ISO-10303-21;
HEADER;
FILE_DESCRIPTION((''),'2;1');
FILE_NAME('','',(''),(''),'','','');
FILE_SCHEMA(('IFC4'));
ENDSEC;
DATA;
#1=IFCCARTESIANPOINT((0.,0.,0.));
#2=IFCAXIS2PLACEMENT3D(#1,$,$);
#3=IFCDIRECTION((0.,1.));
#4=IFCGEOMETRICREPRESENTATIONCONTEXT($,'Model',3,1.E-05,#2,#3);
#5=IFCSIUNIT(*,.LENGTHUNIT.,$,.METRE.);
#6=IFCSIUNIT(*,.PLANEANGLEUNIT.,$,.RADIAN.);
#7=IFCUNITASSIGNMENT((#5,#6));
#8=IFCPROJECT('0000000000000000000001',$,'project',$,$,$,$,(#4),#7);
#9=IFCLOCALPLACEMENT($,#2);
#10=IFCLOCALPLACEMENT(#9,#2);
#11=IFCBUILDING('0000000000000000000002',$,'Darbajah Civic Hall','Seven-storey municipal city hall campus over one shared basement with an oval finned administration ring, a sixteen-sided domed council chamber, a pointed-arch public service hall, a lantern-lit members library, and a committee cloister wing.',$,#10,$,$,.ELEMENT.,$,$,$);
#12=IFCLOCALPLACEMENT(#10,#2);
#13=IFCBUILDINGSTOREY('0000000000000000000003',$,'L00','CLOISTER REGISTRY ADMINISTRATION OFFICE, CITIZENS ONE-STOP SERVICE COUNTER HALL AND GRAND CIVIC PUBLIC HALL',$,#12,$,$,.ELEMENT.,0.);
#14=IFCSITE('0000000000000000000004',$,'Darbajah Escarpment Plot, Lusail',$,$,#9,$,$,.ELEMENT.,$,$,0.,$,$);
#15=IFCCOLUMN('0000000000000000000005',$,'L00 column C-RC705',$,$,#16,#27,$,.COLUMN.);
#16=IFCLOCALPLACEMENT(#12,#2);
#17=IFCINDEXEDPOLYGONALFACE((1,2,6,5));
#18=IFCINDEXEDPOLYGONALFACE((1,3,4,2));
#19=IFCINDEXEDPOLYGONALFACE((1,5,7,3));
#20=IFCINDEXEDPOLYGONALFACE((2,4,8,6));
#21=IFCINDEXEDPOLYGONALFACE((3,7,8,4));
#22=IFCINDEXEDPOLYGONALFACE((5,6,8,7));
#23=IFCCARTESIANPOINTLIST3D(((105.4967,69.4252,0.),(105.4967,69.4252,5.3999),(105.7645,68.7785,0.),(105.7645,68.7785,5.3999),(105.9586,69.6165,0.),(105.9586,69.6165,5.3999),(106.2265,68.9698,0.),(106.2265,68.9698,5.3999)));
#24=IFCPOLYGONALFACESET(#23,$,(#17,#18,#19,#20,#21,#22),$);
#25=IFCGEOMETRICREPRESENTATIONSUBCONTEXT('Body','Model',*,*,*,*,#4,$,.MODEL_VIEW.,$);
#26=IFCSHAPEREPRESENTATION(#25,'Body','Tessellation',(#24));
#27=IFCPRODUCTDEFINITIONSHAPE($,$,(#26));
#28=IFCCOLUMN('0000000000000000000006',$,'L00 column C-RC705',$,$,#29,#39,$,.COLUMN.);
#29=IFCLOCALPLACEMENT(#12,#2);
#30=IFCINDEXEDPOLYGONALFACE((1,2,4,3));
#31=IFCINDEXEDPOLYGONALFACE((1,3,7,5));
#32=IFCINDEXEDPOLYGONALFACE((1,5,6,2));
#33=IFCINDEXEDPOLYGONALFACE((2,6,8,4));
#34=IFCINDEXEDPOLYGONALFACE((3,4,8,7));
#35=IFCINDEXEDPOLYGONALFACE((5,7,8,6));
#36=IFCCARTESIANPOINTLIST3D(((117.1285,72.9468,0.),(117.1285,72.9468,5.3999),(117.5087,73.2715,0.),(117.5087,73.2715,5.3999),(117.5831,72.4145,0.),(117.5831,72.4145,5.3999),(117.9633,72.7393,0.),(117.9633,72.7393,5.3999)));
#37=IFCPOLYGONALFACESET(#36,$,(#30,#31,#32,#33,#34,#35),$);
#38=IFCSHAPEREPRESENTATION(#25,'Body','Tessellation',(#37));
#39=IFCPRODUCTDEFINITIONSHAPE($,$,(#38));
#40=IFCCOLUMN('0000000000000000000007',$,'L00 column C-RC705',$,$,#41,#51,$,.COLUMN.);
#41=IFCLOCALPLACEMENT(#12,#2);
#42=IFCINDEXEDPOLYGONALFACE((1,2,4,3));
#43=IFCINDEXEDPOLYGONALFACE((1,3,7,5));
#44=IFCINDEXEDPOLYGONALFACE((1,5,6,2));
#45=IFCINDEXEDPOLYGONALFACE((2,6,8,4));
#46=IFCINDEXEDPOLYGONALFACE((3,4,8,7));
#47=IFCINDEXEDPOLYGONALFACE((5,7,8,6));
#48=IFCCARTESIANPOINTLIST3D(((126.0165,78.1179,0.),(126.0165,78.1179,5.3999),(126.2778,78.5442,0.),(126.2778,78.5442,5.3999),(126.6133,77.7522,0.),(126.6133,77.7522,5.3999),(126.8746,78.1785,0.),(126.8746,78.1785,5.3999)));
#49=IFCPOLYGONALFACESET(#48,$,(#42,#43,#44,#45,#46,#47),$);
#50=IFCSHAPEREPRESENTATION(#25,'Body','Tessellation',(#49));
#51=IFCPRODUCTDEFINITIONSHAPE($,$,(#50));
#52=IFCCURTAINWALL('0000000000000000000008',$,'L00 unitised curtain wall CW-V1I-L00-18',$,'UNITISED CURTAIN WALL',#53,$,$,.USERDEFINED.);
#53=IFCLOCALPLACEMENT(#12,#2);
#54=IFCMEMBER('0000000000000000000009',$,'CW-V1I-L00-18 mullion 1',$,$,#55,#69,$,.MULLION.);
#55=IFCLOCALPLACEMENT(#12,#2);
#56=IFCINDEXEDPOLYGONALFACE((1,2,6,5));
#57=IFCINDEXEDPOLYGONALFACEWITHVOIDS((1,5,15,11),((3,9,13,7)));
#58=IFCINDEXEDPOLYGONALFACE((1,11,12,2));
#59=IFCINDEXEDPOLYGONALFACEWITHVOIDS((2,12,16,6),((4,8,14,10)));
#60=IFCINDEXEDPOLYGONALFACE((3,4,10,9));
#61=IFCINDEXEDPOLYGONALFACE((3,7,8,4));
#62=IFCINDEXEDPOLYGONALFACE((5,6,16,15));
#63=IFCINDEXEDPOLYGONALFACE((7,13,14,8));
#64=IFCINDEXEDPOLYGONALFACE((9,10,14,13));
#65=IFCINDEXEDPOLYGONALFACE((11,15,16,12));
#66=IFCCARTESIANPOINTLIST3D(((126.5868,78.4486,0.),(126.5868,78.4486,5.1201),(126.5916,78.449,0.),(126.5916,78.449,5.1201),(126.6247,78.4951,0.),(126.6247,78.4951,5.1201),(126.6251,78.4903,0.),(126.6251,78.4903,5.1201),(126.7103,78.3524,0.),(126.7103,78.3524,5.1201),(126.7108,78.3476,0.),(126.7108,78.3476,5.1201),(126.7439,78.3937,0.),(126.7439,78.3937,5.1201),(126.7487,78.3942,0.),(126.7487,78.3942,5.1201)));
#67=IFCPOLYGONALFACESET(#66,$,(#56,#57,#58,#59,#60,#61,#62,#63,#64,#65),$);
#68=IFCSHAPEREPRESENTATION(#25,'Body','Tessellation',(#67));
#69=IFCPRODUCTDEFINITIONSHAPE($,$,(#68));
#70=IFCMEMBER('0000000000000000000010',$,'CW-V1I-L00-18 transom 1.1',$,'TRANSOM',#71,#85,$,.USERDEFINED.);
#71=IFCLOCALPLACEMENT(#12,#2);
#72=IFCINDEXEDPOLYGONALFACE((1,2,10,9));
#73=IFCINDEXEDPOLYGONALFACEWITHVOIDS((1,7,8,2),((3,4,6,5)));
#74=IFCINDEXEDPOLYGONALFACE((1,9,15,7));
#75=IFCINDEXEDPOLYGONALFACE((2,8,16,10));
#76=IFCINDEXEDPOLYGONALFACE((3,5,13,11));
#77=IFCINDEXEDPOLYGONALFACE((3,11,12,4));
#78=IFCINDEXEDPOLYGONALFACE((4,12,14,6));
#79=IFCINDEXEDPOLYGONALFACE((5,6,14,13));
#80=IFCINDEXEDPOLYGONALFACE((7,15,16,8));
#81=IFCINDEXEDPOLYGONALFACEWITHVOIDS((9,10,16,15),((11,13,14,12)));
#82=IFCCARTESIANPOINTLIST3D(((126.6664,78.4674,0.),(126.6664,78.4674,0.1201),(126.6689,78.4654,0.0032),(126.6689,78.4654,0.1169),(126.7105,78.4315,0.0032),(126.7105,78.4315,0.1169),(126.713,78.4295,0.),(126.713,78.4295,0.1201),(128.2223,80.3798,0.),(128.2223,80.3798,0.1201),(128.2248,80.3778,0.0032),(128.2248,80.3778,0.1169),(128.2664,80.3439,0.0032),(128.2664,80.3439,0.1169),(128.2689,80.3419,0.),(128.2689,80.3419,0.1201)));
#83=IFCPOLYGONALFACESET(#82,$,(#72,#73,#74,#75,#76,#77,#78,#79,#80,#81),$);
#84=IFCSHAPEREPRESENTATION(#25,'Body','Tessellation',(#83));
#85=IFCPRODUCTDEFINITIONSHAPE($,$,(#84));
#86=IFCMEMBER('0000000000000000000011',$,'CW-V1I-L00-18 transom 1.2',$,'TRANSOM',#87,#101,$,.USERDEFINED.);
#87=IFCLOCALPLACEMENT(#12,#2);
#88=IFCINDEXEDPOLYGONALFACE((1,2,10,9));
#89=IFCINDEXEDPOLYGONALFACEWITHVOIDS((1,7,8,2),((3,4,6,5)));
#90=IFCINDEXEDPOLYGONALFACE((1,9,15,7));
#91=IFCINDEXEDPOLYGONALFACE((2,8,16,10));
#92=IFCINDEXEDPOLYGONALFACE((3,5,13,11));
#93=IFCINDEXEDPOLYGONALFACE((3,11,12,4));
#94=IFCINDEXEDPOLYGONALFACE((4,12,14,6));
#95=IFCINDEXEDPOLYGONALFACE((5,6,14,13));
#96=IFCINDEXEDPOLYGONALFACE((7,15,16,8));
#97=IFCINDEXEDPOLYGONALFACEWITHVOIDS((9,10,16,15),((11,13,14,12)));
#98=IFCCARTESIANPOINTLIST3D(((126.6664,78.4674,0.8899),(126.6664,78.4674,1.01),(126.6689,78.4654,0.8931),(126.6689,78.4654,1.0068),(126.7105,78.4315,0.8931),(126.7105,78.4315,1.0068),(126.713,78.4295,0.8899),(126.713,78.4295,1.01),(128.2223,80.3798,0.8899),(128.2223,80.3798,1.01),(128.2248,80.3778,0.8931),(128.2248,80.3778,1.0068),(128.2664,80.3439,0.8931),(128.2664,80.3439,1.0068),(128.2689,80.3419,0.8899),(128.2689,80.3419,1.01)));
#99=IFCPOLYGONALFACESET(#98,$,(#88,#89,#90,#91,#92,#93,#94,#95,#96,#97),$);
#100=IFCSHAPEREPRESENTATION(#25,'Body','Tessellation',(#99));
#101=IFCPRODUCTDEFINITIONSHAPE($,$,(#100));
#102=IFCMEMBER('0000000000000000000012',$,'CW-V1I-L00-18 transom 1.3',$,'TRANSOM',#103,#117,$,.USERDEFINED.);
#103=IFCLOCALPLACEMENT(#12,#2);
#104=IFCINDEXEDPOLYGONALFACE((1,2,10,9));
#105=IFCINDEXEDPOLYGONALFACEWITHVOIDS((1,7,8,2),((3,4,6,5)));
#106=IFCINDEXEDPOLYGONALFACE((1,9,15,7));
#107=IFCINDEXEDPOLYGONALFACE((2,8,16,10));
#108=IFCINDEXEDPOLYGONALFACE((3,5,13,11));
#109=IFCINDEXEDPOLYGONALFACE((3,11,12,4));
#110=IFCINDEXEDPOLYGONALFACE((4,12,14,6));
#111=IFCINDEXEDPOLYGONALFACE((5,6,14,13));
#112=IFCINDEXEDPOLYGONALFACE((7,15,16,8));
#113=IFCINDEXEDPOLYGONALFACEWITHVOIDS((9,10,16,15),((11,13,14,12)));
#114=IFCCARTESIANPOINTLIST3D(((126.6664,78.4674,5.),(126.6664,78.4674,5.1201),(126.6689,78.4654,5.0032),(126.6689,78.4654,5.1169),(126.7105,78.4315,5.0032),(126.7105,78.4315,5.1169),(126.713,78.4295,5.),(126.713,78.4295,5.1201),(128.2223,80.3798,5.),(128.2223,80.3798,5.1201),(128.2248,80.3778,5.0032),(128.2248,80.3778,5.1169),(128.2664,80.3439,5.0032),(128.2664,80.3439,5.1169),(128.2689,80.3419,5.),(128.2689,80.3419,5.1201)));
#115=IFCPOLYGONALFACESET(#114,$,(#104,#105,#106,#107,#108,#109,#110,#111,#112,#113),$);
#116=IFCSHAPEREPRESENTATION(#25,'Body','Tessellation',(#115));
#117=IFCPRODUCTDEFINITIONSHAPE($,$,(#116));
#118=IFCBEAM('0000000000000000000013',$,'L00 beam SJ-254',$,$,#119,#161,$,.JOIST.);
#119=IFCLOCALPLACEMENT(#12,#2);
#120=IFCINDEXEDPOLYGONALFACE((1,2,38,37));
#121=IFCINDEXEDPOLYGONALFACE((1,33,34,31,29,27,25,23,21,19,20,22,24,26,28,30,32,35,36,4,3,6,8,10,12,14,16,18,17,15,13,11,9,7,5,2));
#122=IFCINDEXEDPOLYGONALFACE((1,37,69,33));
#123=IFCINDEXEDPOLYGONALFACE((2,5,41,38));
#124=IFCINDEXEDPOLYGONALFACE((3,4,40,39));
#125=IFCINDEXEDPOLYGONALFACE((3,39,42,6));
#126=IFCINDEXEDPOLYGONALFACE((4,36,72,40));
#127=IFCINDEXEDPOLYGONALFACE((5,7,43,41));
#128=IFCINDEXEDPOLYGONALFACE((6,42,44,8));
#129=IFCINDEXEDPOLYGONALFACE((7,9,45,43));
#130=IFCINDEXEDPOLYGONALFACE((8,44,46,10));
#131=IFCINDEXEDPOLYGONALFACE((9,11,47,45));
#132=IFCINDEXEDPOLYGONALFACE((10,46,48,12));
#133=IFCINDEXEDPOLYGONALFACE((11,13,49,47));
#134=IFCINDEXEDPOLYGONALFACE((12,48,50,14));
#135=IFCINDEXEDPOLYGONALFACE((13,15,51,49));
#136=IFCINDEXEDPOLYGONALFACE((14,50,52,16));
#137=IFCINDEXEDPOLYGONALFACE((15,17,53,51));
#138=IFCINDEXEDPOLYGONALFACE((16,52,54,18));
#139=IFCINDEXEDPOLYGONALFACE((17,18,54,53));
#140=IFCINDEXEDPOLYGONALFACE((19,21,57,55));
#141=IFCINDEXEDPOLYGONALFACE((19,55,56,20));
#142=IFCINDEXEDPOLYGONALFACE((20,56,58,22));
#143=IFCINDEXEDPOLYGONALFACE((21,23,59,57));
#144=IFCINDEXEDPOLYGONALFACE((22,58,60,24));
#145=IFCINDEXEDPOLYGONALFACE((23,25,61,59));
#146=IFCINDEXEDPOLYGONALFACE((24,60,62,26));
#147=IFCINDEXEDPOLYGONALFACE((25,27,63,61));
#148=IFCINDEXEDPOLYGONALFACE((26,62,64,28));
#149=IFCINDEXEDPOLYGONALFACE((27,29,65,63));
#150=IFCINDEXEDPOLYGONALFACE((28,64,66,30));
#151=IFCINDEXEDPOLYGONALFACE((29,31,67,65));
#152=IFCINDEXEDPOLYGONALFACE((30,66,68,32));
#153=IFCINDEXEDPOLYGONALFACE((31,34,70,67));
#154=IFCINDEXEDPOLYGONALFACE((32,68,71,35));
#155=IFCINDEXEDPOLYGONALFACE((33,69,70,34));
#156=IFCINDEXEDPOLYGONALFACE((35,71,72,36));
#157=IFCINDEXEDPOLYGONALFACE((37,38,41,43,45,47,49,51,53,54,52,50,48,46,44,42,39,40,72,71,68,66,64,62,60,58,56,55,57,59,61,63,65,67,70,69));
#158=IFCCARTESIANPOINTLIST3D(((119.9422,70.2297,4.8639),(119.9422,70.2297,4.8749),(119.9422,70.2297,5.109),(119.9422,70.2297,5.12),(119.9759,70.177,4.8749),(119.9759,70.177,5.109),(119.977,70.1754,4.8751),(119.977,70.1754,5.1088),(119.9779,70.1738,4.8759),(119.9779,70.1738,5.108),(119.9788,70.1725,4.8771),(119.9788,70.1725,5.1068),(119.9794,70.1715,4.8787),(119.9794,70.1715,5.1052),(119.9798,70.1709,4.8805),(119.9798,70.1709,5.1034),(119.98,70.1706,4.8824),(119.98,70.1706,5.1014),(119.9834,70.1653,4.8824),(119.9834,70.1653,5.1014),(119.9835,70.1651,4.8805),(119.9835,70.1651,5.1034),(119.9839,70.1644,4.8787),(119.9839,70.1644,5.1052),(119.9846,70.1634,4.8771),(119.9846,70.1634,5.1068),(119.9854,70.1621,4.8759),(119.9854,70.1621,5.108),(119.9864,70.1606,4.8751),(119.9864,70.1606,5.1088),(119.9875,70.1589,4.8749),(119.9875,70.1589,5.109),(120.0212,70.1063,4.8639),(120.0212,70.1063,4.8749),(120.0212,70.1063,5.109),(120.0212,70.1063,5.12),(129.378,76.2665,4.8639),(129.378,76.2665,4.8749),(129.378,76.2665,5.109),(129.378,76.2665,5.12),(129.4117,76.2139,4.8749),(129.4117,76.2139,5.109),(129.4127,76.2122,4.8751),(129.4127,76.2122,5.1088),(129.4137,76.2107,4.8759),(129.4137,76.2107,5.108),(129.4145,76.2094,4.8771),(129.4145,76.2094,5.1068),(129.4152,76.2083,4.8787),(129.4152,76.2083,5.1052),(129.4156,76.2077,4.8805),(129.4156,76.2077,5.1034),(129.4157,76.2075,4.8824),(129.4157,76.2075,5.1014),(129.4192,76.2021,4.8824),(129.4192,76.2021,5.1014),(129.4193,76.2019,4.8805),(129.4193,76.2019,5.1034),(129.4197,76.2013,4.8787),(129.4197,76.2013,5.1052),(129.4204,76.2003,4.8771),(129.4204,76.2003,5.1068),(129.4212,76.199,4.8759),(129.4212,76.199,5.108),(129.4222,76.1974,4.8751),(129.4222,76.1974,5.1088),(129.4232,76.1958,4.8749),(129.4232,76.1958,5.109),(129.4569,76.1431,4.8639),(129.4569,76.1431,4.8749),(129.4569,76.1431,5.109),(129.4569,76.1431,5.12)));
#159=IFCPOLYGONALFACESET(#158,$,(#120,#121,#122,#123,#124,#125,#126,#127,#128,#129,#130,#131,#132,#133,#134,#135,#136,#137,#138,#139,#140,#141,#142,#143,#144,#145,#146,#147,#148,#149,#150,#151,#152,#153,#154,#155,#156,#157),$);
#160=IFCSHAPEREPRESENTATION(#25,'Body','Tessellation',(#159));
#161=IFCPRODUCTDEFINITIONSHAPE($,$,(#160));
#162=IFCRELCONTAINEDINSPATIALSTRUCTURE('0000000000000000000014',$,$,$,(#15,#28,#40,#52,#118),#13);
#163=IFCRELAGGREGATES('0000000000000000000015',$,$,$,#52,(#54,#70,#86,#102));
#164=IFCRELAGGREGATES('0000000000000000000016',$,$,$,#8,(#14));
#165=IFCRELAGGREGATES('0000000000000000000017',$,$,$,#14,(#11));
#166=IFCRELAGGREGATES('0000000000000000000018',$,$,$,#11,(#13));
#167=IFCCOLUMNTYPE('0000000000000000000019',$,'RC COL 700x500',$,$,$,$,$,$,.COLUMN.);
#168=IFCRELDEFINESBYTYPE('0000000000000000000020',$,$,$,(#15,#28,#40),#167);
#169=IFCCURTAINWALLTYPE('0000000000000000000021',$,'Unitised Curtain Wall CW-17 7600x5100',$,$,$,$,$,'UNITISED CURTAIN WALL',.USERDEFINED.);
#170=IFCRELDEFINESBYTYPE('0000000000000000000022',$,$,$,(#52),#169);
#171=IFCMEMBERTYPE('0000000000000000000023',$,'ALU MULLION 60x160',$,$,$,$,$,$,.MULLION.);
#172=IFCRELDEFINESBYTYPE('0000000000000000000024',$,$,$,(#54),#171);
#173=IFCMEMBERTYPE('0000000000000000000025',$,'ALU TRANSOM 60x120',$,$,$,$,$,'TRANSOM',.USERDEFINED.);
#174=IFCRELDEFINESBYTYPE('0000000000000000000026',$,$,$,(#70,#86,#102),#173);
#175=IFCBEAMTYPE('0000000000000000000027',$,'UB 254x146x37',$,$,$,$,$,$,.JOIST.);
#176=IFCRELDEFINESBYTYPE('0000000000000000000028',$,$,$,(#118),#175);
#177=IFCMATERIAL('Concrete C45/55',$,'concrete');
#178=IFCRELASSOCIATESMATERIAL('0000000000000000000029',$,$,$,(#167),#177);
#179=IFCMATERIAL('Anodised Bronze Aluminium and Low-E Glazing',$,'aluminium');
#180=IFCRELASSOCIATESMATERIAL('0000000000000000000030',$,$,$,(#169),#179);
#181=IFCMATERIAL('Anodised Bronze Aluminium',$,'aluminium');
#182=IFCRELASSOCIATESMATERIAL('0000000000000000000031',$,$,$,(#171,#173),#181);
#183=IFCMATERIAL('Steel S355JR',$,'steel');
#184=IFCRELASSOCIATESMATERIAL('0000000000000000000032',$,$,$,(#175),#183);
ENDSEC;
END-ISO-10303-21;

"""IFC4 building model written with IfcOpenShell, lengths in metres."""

from ifc_helpers import new_model, si_unit, direction, frame, origin, origin_2d, place, context, subcontext, project, spatial, rectangle, hollow_rectangle, i_section, extrude, material, material_profile, profile_set, type_object, element, aggregate, save


model = new_model("IFC4")

# Units and contexts
model_context = context("Model", 3, precision=1e-05, world=origin(), true_north=direction((0.0, 1.0)))
body_context = subcontext(model_context, "Body", "Model", "MODEL_VIEW")
ifc_project = project(units=[si_unit("LENGTHUNIT", "METRE"), si_unit("PLANEANGLEUNIT", "RADIAN")], contexts=[model_context])

# Site, building, storey
site_placement = place(None, origin())
site = spatial("IfcSite", under=ifc_project, at=site_placement, Name="Darbajah Escarpment Plot, Lusail", CompositionType="ELEMENT", RefElevation=0.0)
building_placement = place(site_placement, origin())
building = spatial("IfcBuilding", under=site, at=building_placement, Name="Darbajah Civic Hall", Description="Seven-storey municipal city hall campus over one shared basement with an oval finned administration ring, a sixteen-sided domed council chamber, a pointed-arch public service hall, a lantern-lit members library, and a committee cloister wing.", CompositionType="ELEMENT")
storey_placement = place(building_placement, origin())
storey = spatial("IfcBuildingStorey", under=building, at=storey_placement, Name="L00", Description="CLOISTER REGISTRY ADMINISTRATION OFFICE, CITIZENS ONE-STOP SERVICE COUNTER HALL AND GRAND CIVIC PUBLIC HALL", CompositionType="ELEMENT", Elevation=0.0)

# Columns
ifc_material_1 = material(Name="Concrete C45/55", Category="concrete")
ifc_material_profile_1 = material_profile(ifc_material_1, rectangle(XDim=0.7, YDim=0.5, at=origin_2d()), Name="RC COL 700x500")
ifc_profile_set_1 = profile_set([ifc_material_profile_1], Name="Concrete C45/55")
column_type = type_object("IfcColumnType", Name="RC COL 700x500", PredefinedType="COLUMN", material=ifc_profile_set_1)
for number, where, z_axis, x_axis, name in (
    (1, (105.8616, 69.1975, 0.0), (0.0, 0.0, 1.0), (0.382683, -0.92388, 0.0), "L00 column C-RC705"),
    (2, (117.5459, 72.843, 0.0), (0.0, 0.0, 1.0), (0.649448, -0.760406, 0.0), "L00 column C-RC705"),
    (3, (126.4456, 78.1482, 0.0), (0.0, 0.0, 1.0), (0.85264, -0.522499, 0.0), "L00 column C-RC705"),
):
    element("IfcColumn", number, at=place(storey_placement, frame(where, z_axis=z_axis, x_axis=x_axis)), inside=storey, type_object=column_type, Name=name, PredefinedType="COLUMN", context=body_context, shape_type="SweptSolid", body=[
        extrude(rectangle(XDim=0.7, YDim=0.5, at=origin_2d()), origin(), (0.0, 0.0, 1.0), 5.3999),
    ])

# Curtain wall, members
ifc_material_2 = material(Name="Anodised Bronze Aluminium and Low-E Glazing", Category="aluminium")
curtain_wall_type = type_object("IfcCurtainWallType", Name="Unitised Curtain Wall CW-17 7600x5100", ElementType="UNITISED CURTAIN WALL", PredefinedType="USERDEFINED", material=ifc_material_2)
curtain_wall_placement = place(storey_placement, origin())
curtain_wall = element("IfcCurtainWall", 4, at=curtain_wall_placement, inside=storey, type_object=curtain_wall_type, Name="L00 unitised curtain wall CW-V1I-L00-18", ObjectType="UNITISED CURTAIN WALL", PredefinedType="USERDEFINED")
ifc_material_3 = material(Name="Anodised Bronze Aluminium", Category="aluminium")
ifc_material_profile_2 = material_profile(ifc_material_3, hollow_rectangle(XDim=0.0601, YDim=0.1599, WallThickness=0.0034, at=origin_2d()), Name="ALU MULLION 60x160")
ifc_profile_set_2 = profile_set([ifc_material_profile_2], Name="Anodised Bronze Aluminium")
member_type_1 = type_object("IfcMemberType", Name="ALU MULLION 60x160", PredefinedType="MULLION", material=ifc_profile_set_2)
member_1_placement = place(storey_placement, frame((126.6677, 78.4214, 0.0), z_axis=(0.0, 0.0, 1.0), x_axis=(0.631082, 0.775716, 0.0)))
member_1 = element("IfcMember", 5, at=member_1_placement, type_object=member_type_1, Name="CW-V1I-L00-18 mullion 1", PredefinedType="MULLION", context=body_context, shape_type="SweptSolid", body=[
    extrude(hollow_rectangle(XDim=0.0601, YDim=0.1599, WallThickness=0.0034, at=origin_2d()), origin(), (0.0, 0.0, 1.0), 5.1201),
])
ifc_material_profile_3 = material_profile(ifc_material_3, hollow_rectangle(XDim=0.0601, YDim=0.1201, WallThickness=0.0032, at=origin_2d()), Name="ALU TRANSOM 60x120")
ifc_profile_set_3 = profile_set([ifc_material_profile_3], Name="Anodised Bronze Aluminium")
member_type_2 = type_object("IfcMemberType", Name="ALU TRANSOM 60x120", ElementType="TRANSOM", PredefinedType="USERDEFINED", material=ifc_profile_set_3)
member_2_placement = place(storey_placement, frame((126.6897, 78.4485, 0.0601), z_axis=(0.631111, 0.775693, 0.0), x_axis=(-0.775693, 0.631111, 0.0)))
member_2 = element("IfcMember", 6, at=member_2_placement, type_object=member_type_2, Name="CW-V1I-L00-18 transom 1.1", ObjectType="TRANSOM", PredefinedType="USERDEFINED", context=body_context, shape_type="SweptSolid", body=[
    extrude(hollow_rectangle(XDim=0.0601, YDim=0.1201, WallThickness=0.0032, at=origin_2d()), origin(), (0.0, 0.0, 1.0), 2.4653),
])
member_3_placement = place(storey_placement, frame((126.6897, 78.4485, 0.95), z_axis=(0.631111, 0.775693, 0.0), x_axis=(-0.775693, 0.631111, 0.0)))
member_3 = element("IfcMember", 7, at=member_3_placement, type_object=member_type_2, Name="CW-V1I-L00-18 transom 1.2", ObjectType="TRANSOM", PredefinedType="USERDEFINED", context=body_context, shape_type="SweptSolid", body=[
    extrude(hollow_rectangle(XDim=0.0601, YDim=0.1201, WallThickness=0.0032, at=origin_2d()), origin(), (0.0, 0.0, 1.0), 2.4653),
])
member_4_placement = place(storey_placement, frame((126.6897, 78.4485, 5.0601), z_axis=(0.631111, 0.775693, 0.0), x_axis=(-0.775693, 0.631111, 0.0)))
member_4 = element("IfcMember", 8, at=member_4_placement, type_object=member_type_2, Name="CW-V1I-L00-18 transom 1.3", ObjectType="TRANSOM", PredefinedType="USERDEFINED", context=body_context, shape_type="SweptSolid", body=[
    extrude(hollow_rectangle(XDim=0.0601, YDim=0.1201, WallThickness=0.0032, at=origin_2d()), origin(), (0.0, 0.0, 1.0), 2.4653),
])

# Beam
ifc_material_4 = material(Name="Steel S355JR", Category="steel")
ifc_material_profile_4 = material_profile(ifc_material_4, i_section(OverallWidth=0.1465, OverallDepth=0.2561, WebThickness=0.0063, FlangeThickness=0.011, FilletRadius=0.0076, at=origin_2d()), Name="UB 254x146x37")
ifc_profile_set_4 = profile_set([ifc_material_profile_4], Name="Steel S355JR")
beam_type_1 = type_object("IfcBeamType", Name="UB 254x146x37", PredefinedType="JOIST", material=ifc_profile_set_4)
beam_1_placement = place(storey_placement, frame((119.9817, 70.168, 4.9919), z_axis=(0.842354, 0.538924, 0.0), x_axis=(-0.538924, 0.842354, 0.0)))
element("IfcBeam", 9, at=beam_1_placement, inside=storey, type_object=beam_type_1, Name="L00 beam SJ-254", PredefinedType="JOIST", context=body_context, shape_type="SweptSolid", body=[
    extrude(i_section(OverallWidth=0.1465, OverallDepth=0.2561, WebThickness=0.0063, FlangeThickness=0.011, FilletRadius=0.0076, at=origin_2d()), origin(), (0.0, 0.0, 1.0), 11.2017),
])

aggregate(curtain_wall, [member_1, member_2, member_3, member_4])

save(model, "model.ifc")
